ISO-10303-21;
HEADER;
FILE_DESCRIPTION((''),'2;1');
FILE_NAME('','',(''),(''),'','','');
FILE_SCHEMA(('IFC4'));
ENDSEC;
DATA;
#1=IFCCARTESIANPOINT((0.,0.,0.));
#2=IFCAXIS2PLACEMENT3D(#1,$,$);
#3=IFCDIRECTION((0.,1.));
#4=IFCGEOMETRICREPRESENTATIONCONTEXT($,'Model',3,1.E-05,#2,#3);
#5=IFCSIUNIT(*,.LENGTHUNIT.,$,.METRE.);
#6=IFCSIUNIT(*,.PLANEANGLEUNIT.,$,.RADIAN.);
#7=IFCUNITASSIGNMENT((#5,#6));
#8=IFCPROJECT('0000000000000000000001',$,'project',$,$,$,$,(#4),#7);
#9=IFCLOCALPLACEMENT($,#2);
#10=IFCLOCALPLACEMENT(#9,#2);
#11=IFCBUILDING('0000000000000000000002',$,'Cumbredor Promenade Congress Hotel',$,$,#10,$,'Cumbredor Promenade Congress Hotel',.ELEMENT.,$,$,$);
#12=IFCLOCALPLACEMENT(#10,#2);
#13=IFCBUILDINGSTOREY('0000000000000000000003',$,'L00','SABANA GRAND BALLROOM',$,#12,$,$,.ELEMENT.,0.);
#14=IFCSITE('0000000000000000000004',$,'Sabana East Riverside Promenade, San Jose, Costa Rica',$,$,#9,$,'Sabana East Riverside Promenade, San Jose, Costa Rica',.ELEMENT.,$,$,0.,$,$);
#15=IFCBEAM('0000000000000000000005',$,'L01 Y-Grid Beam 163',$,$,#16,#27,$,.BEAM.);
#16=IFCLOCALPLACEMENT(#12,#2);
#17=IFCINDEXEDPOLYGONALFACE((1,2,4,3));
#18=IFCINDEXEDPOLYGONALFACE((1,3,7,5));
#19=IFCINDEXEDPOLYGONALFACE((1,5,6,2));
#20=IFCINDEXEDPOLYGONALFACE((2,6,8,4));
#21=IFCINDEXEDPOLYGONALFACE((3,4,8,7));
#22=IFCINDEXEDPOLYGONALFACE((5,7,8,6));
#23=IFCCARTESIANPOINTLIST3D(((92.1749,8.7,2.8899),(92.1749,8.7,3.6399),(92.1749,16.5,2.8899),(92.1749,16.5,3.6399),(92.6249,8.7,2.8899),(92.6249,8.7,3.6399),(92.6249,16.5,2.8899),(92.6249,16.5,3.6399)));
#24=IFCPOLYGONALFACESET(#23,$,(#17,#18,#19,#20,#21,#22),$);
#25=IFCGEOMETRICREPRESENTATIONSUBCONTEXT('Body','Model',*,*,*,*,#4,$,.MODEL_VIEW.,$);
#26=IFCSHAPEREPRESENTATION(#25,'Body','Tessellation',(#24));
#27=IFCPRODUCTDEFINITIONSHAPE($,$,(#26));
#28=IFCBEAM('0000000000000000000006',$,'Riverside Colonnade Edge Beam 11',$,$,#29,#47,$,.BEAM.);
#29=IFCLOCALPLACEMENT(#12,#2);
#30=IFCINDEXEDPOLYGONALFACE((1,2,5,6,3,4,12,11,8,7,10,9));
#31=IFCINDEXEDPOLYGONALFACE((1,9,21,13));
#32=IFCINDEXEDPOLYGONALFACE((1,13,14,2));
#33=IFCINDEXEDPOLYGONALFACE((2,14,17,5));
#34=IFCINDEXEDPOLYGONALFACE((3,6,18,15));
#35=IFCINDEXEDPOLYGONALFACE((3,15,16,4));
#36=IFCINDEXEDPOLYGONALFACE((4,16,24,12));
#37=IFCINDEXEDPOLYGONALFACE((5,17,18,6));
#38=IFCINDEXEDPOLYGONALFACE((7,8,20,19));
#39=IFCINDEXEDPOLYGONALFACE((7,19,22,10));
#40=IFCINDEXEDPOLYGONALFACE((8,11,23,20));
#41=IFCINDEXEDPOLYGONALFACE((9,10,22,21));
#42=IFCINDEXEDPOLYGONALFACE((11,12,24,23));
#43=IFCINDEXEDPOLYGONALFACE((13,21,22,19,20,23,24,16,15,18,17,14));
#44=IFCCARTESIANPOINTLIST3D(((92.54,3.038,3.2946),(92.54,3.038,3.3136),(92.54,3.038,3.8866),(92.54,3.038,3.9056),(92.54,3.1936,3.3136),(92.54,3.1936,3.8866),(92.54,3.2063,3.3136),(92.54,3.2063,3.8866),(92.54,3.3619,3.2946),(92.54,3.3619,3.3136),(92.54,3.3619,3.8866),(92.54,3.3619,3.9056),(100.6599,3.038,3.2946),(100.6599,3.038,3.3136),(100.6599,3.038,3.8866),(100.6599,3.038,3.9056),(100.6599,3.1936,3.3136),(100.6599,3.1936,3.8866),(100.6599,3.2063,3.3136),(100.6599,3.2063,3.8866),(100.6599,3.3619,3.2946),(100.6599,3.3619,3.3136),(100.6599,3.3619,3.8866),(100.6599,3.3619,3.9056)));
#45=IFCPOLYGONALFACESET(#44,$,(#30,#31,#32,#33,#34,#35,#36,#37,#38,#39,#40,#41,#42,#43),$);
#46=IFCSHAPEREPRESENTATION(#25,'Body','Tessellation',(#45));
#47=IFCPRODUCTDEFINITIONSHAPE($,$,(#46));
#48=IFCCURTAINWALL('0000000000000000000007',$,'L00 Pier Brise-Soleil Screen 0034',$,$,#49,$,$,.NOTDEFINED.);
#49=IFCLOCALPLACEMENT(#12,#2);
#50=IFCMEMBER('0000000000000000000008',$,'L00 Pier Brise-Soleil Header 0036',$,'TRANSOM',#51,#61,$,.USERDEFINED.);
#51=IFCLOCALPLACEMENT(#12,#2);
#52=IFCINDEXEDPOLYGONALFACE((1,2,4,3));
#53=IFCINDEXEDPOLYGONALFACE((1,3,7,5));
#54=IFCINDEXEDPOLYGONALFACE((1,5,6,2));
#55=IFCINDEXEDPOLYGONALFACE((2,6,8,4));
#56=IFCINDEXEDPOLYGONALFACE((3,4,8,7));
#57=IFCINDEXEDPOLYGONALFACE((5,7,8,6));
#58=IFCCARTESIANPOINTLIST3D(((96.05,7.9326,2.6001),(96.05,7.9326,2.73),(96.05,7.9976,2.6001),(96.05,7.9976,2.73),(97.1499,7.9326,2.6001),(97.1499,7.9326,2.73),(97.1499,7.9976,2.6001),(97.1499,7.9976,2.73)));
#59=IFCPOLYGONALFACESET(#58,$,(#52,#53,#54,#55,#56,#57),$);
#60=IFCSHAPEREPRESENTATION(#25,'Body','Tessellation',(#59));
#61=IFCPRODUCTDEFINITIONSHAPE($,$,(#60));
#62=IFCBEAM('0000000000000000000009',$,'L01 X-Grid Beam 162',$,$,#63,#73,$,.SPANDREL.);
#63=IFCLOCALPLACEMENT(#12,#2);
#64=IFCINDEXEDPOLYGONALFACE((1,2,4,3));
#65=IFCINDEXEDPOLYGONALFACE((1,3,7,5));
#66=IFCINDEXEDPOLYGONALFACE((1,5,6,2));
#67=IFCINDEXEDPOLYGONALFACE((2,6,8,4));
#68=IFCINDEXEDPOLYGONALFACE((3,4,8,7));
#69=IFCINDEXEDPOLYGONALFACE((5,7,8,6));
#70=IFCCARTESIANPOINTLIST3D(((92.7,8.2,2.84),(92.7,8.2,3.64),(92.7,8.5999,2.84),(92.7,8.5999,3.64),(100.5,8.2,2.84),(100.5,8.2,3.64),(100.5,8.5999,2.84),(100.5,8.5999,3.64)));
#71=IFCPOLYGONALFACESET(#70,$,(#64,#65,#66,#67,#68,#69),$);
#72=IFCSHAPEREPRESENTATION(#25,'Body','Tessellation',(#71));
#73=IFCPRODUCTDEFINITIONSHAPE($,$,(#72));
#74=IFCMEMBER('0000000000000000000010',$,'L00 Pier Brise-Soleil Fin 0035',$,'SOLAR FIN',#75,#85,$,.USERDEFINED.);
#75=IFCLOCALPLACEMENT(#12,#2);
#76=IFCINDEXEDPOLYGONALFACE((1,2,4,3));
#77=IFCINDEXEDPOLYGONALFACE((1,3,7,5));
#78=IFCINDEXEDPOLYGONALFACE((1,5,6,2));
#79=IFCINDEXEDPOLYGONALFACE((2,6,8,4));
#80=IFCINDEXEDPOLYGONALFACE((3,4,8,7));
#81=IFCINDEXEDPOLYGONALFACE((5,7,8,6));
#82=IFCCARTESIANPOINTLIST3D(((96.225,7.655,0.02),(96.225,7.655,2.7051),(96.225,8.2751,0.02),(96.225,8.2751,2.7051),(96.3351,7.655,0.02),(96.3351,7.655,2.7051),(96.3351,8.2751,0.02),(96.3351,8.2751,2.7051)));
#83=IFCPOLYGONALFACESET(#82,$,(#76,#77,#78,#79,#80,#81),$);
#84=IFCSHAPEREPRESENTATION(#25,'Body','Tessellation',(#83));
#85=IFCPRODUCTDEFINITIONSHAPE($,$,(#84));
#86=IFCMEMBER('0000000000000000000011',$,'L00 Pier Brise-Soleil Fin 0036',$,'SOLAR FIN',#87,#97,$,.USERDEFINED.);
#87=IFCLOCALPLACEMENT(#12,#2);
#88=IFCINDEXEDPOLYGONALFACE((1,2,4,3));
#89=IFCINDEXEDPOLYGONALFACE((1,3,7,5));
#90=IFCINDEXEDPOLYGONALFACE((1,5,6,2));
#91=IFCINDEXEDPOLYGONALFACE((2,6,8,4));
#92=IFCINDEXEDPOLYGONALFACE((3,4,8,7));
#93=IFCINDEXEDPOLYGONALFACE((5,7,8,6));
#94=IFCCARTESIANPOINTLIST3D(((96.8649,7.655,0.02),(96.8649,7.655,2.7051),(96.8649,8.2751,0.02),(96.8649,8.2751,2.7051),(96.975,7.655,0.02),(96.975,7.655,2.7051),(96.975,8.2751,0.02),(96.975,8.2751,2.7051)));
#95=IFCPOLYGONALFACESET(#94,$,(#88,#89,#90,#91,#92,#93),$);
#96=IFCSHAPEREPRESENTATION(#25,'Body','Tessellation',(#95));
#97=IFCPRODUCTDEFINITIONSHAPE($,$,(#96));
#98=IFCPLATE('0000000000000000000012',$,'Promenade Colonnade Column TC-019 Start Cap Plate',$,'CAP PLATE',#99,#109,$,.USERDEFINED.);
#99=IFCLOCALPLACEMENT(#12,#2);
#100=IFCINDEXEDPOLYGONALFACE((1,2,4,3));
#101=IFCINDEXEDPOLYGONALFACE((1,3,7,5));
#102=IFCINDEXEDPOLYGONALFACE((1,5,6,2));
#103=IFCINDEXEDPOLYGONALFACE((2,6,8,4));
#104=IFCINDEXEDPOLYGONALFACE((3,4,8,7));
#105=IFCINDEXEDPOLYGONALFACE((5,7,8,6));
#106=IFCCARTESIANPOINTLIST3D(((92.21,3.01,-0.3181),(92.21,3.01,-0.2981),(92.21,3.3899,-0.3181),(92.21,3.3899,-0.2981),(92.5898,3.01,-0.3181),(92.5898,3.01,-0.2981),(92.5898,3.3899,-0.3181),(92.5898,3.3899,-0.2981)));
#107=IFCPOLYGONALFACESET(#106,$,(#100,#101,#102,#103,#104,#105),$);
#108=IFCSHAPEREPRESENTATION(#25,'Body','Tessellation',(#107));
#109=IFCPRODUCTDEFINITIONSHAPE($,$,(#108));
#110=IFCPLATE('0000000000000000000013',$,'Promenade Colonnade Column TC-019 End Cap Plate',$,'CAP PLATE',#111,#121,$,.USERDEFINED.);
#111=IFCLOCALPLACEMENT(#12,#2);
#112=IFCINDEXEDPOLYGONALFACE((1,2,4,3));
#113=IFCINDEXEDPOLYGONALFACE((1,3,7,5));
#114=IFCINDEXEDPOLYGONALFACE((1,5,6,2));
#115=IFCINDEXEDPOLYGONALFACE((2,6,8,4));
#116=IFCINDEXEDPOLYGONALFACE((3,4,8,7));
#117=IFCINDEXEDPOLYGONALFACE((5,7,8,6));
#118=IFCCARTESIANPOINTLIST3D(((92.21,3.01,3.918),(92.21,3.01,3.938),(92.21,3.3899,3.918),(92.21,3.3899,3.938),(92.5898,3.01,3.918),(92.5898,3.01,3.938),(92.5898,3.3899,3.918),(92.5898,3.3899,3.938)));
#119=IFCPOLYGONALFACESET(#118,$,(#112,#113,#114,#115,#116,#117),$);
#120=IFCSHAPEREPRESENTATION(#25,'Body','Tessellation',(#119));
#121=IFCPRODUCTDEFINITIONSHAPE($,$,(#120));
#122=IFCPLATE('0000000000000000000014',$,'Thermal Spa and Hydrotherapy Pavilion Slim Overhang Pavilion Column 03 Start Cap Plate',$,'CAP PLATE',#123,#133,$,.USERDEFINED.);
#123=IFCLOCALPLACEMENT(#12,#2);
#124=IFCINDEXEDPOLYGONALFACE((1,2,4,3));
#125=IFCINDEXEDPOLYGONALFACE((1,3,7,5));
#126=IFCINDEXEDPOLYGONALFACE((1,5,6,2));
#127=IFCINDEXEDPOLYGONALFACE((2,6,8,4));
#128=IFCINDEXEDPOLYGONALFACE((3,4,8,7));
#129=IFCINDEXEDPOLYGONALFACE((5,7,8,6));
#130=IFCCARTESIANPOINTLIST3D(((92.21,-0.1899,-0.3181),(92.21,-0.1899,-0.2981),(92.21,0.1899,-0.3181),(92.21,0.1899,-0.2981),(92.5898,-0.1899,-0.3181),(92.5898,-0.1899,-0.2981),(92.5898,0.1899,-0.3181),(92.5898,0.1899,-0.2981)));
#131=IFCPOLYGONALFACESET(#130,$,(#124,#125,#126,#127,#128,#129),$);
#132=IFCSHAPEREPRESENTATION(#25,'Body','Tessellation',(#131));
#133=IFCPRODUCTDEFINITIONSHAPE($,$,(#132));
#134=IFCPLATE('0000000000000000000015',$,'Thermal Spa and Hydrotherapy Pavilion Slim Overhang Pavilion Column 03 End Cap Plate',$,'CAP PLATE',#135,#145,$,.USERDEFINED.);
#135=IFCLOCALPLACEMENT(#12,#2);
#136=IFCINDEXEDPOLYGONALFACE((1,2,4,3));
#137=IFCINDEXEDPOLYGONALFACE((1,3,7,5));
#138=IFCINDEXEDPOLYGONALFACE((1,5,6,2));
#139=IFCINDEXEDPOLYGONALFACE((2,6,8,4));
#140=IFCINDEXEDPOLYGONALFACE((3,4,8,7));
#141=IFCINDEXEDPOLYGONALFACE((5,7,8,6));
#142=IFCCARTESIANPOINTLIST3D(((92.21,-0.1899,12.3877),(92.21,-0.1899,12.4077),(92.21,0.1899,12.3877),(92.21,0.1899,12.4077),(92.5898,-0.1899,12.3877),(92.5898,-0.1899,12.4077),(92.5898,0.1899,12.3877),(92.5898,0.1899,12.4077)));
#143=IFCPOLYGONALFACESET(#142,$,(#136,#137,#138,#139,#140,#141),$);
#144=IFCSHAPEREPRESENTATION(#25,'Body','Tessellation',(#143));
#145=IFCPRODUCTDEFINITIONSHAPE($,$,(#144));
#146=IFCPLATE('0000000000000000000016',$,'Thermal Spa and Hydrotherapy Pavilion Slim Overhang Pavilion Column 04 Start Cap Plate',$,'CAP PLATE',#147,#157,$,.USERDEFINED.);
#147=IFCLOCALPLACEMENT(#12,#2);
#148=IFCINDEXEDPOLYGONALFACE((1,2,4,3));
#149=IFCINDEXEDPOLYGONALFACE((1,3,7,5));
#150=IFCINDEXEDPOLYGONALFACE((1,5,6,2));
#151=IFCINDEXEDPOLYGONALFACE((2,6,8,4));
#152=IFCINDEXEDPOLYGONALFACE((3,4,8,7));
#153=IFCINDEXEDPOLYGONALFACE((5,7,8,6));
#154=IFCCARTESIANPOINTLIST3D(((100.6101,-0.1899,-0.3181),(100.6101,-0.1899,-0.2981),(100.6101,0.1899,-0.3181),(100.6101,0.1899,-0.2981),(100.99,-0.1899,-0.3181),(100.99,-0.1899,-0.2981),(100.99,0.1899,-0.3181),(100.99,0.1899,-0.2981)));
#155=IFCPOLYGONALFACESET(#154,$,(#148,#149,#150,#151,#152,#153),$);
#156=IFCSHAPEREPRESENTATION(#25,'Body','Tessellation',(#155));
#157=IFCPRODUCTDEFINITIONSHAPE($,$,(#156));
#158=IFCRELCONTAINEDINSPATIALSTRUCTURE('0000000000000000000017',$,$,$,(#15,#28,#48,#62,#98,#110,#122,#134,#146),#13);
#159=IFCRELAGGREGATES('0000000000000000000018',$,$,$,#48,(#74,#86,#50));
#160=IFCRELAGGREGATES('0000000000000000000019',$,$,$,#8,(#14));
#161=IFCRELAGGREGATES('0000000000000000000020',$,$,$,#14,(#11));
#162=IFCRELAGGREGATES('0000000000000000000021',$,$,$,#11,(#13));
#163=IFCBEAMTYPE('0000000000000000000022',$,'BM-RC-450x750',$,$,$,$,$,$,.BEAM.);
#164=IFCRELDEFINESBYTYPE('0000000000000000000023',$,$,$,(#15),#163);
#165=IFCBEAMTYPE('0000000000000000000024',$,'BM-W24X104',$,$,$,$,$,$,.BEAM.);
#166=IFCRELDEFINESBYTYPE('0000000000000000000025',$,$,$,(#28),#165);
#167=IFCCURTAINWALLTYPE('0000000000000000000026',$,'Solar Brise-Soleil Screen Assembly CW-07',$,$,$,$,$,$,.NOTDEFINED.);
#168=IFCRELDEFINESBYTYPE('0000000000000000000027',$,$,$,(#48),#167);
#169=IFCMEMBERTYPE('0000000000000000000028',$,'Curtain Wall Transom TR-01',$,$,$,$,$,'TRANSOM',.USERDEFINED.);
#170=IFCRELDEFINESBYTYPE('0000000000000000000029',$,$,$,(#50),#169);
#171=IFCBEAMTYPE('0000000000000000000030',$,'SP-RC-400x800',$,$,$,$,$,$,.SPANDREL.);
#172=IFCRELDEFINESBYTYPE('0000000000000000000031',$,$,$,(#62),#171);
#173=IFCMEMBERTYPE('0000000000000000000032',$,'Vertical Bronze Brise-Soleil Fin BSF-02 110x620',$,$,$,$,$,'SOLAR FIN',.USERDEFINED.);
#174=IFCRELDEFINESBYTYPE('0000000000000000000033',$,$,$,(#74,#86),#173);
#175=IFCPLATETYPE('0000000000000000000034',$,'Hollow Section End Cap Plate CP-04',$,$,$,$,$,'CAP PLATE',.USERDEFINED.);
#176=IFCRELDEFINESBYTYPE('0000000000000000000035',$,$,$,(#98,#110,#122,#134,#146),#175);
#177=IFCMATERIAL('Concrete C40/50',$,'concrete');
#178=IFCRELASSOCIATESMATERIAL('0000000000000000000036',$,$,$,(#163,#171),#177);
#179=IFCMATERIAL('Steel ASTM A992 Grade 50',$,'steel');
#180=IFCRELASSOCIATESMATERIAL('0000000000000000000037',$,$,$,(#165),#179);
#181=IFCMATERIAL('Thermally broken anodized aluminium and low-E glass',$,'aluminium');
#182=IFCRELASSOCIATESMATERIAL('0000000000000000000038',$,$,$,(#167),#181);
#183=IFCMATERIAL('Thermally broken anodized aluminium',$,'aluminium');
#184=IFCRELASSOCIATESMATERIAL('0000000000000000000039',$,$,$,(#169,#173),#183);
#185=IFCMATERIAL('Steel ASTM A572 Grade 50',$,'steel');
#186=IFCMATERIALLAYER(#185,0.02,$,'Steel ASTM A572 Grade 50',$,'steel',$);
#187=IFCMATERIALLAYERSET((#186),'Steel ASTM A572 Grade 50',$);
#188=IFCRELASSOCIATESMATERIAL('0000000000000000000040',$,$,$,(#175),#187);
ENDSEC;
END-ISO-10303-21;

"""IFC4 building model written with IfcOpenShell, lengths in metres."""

from ifc_helpers import new_model, si_unit, direction, frame, origin, origin_2d, place, context, subcontext, project, spatial, rectangle, i_section, extrude, material, layer, layer_set, material_profile, profile_set, type_object, element, aggregate, save


model = new_model("IFC4")

# Units and contexts
model_context = context("Model", 3, precision=1e-05, world=origin(), true_north=direction((0.0, 1.0)))
body_context = subcontext(model_context, "Body", "Model", "MODEL_VIEW")
ifc_project = project(units=[si_unit("LENGTHUNIT", "METRE"), si_unit("PLANEANGLEUNIT", "RADIAN")], contexts=[model_context])

# Site, building, storey
site_placement = place(None, origin())
site = spatial("IfcSite", under=ifc_project, at=site_placement, Name="Sabana East Riverside Promenade, San Jose, Costa Rica", LongName="Sabana East Riverside Promenade, San Jose, Costa Rica", CompositionType="ELEMENT", RefElevation=0.0)
building_placement = place(site_placement, origin())
building = spatial("IfcBuilding", under=site, at=building_placement, Name="Cumbredor Promenade Congress Hotel", LongName="Cumbredor Promenade Congress Hotel", CompositionType="ELEMENT")
storey_placement = place(building_placement, origin())
storey = spatial("IfcBuildingStorey", under=building, at=storey_placement, Name="L00", Description="SABANA GRAND BALLROOM", CompositionType="ELEMENT", Elevation=0.0)

# Shared definitions
ifc_material_1 = material(Name="Concrete C40/50", Category="concrete")

# Beams
ifc_material_profile_1 = material_profile(ifc_material_1, rectangle(XDim=0.45, YDim=0.75, at=origin_2d()), Name="RC BEAM 450x750")
ifc_profile_set_1 = profile_set([ifc_material_profile_1], Name="Concrete C40/50")
beam_type_1 = type_object("IfcBeamType", Name="BM-RC-450x750", PredefinedType="BEAM", material=ifc_profile_set_1)
beam_1_placement = place(storey_placement, frame((92.3999, 8.7, 3.2649), z_axis=(0.0, 1.0, 0.0), x_axis=(-1.0, 0.0, 0.0)))
element("IfcBeam", 1, at=beam_1_placement, inside=storey, type_object=beam_type_1, Name="L01 Y-Grid Beam 163", PredefinedType="BEAM", context=body_context, shape_type="SweptSolid", body=[
    extrude(rectangle(XDim=0.45, YDim=0.75, at=origin_2d()), origin(), (0.0, 0.0, 1.0), 7.8),
])
ifc_material_2 = material(Name="Steel ASTM A992 Grade 50", Category="steel")
ifc_material_profile_2 = material_profile(ifc_material_2, i_section(OverallWidth=0.324, OverallDepth=0.6111, WebThickness=0.0127, FlangeThickness=0.019, at=origin_2d()), Name="W24X104")
ifc_profile_set_2 = profile_set([ifc_material_profile_2], Name="Steel ASTM A992 Grade 50")
beam_type_2 = type_object("IfcBeamType", Name="BM-W24X104", PredefinedType="BEAM", material=ifc_profile_set_2)
beam_2_placement = place(storey_placement, frame((92.54, 3.2, 3.6001), z_axis=(1.0, 0.0, 0.0), x_axis=(0.0, 1.0, 0.0)))
element("IfcBeam", 2, at=beam_2_placement, inside=storey, type_object=beam_type_2, Name="Riverside Colonnade Edge Beam 11", PredefinedType="BEAM", context=body_context, shape_type="SweptSolid", body=[
    extrude(i_section(OverallWidth=0.324, OverallDepth=0.6111, WebThickness=0.0127, FlangeThickness=0.019, at=origin_2d()), origin(), (0.0, 0.0, 1.0), 8.1199),
])

# Curtain wall, member
ifc_material_3 = material(Name="Thermally broken anodized aluminium and low-E glass", Category="aluminium")
curtain_wall_type = type_object("IfcCurtainWallType", Name="Solar Brise-Soleil Screen Assembly CW-07", PredefinedType="NOTDEFINED", material=ifc_material_3)
curtain_wall_placement = place(storey_placement, origin())
curtain_wall = element("IfcCurtainWall", 3, at=curtain_wall_placement, inside=storey, type_object=curtain_wall_type, Name="L00 Pier Brise-Soleil Screen 0034", PredefinedType="NOTDEFINED")
ifc_material_4 = material(Name="Thermally broken anodized aluminium", Category="aluminium")
ifc_material_profile_3 = material_profile(ifc_material_4, rectangle(XDim=0.0649, YDim=0.1299, at=origin_2d()), Name="ALU TRANSOM 65x130")
ifc_profile_set_3 = profile_set([ifc_material_profile_3], Name="Thermally broken anodized aluminium")
member_type_1 = type_object("IfcMemberType", Name="Curtain Wall Transom TR-01", ElementType="TRANSOM", PredefinedType="USERDEFINED", material=ifc_profile_set_3)
member_1_placement = place(storey_placement, frame((96.05, 7.9651, 2.665), z_axis=(1.0, 0.0, 0.0), x_axis=(0.0, 1.0, 0.0)))
member_1 = element("IfcMember", 4, at=member_1_placement, type_object=member_type_1, Name="L00 Pier Brise-Soleil Header 0036", ObjectType="TRANSOM", PredefinedType="USERDEFINED", context=body_context, shape_type="SweptSolid", body=[
    extrude(rectangle(XDim=0.0649, YDim=0.1299, at=origin_2d()), origin(), (0.0, 0.0, 1.0), 1.0999),
])

# Beam
ifc_material_profile_4 = material_profile(ifc_material_1, rectangle(XDim=0.3999, YDim=0.8, at=origin_2d()), Name="RC SPANDREL 400x800")
ifc_profile_set_4 = profile_set([ifc_material_profile_4], Name="Concrete C40/50")
beam_type_3 = type_object("IfcBeamType", Name="SP-RC-400x800", PredefinedType="SPANDREL", material=ifc_profile_set_4)
beam_3_placement = place(storey_placement, frame((92.7, 8.3999, 3.24), z_axis=(1.0, 0.0, 0.0), x_axis=(0.0, 1.0, 0.0)))
element("IfcBeam", 5, at=beam_3_placement, inside=storey, type_object=beam_type_3, Name="L01 X-Grid Beam 162", PredefinedType="SPANDREL", context=body_context, shape_type="SweptSolid", body=[
    extrude(rectangle(XDim=0.3999, YDim=0.8, at=origin_2d()), origin(), (0.0, 0.0, 1.0), 7.8),
])

# Members
ifc_material_profile_5 = material_profile(ifc_material_4, rectangle(XDim=0.1101, YDim=0.6201, at=origin_2d()), Name="ARCH FIN 110x620")
ifc_profile_set_5 = profile_set([ifc_material_profile_5], Name="Thermally broken anodized aluminium")
member_type_2 = type_object("IfcMemberType", Name="Vertical Bronze Brise-Soleil Fin BSF-02 110x620", ElementType="SOLAR FIN", PredefinedType="USERDEFINED", material=ifc_profile_set_5)
member_2_placement = place(storey_placement, frame((96.28, 7.9651, 0.02), z_axis=(0.0, 0.0, 1.0), x_axis=(1.0, 0.0, 0.0)))
member_2 = element("IfcMember", 6, at=member_2_placement, type_object=member_type_2, Name="L00 Pier Brise-Soleil Fin 0035", ObjectType="SOLAR FIN", PredefinedType="USERDEFINED", context=body_context, shape_type="SweptSolid", body=[
    extrude(rectangle(XDim=0.1101, YDim=0.6201, at=origin_2d()), origin(), (0.0, 0.0, 1.0), 2.6851),
])
member_3_placement = place(storey_placement, frame((96.9199, 7.9651, 0.02), z_axis=(0.0, 0.0, 1.0), x_axis=(1.0, 0.0, 0.0)))
member_3 = element("IfcMember", 7, at=member_3_placement, type_object=member_type_2, Name="L00 Pier Brise-Soleil Fin 0036", ObjectType="SOLAR FIN", PredefinedType="USERDEFINED", context=body_context, shape_type="SweptSolid", body=[
    extrude(rectangle(XDim=0.1101, YDim=0.6201, at=origin_2d()), origin(), (0.0, 0.0, 1.0), 2.6851),
])
aggregate(curtain_wall, [member_2, member_3, member_1])

# Plates
ifc_material_5 = material(Name="Steel ASTM A572 Grade 50", Category="steel")
ifc_layer_1 = layer(ifc_material_5, 0.02, Name="Steel ASTM A572 Grade 50", Category="steel")
ifc_layer_set_1 = layer_set([ifc_layer_1], Name="Steel ASTM A572 Grade 50")
plate_type = type_object("IfcPlateType", Name="Hollow Section End Cap Plate CP-04", ElementType="CAP PLATE", PredefinedType="USERDEFINED", material=ifc_layer_set_1)
for number, where, z_axis, x_axis, name in (
    (8, (92.3999, 3.2, -0.3181), (0.0, 0.0, 1.0), (1.0, 0.0, 0.0), "Promenade Colonnade Column TC-019 Start Cap Plate"),
    (9, (92.3999, 3.2, 3.918), (0.0, 0.0, 1.0), (1.0, 0.0, 0.0), "Promenade Colonnade Column TC-019 End Cap Plate"),
    (10, (92.3999, 0.0, -0.3181), (0.0, 0.0, 1.0), (1.0, 0.0, 0.0), "Thermal Spa and Hydrotherapy Pavilion Slim Overhang Pavilion Column 03 Start Cap Plate"),
    (11, (92.3999, 0.0, 12.3877), (0.0, 0.0, 1.0), (1.0, 0.0, 0.0), "Thermal Spa and Hydrotherapy Pavilion Slim Overhang Pavilion Column 03 End Cap Plate"),
    (12, (100.8, 0.0, -0.3181), (0.0, 0.0, 1.0), (1.0, 0.0, 0.0), "Thermal Spa and Hydrotherapy Pavilion Slim Overhang Pavilion Column 04 Start Cap Plate"),
):
    element("IfcPlate", number, at=place(storey_placement, frame(where, z_axis=z_axis, x_axis=x_axis)), inside=storey, type_object=plate_type, Name=name, ObjectType="CAP PLATE", PredefinedType="USERDEFINED", context=body_context, shape_type="SweptSolid", body=[
        extrude(rectangle(XDim=0.3799, YDim=0.3799, at=origin_2d()), origin(), (0.0, 0.0, 1.0), 0.02),
    ])

save(model, "model.ifc")
